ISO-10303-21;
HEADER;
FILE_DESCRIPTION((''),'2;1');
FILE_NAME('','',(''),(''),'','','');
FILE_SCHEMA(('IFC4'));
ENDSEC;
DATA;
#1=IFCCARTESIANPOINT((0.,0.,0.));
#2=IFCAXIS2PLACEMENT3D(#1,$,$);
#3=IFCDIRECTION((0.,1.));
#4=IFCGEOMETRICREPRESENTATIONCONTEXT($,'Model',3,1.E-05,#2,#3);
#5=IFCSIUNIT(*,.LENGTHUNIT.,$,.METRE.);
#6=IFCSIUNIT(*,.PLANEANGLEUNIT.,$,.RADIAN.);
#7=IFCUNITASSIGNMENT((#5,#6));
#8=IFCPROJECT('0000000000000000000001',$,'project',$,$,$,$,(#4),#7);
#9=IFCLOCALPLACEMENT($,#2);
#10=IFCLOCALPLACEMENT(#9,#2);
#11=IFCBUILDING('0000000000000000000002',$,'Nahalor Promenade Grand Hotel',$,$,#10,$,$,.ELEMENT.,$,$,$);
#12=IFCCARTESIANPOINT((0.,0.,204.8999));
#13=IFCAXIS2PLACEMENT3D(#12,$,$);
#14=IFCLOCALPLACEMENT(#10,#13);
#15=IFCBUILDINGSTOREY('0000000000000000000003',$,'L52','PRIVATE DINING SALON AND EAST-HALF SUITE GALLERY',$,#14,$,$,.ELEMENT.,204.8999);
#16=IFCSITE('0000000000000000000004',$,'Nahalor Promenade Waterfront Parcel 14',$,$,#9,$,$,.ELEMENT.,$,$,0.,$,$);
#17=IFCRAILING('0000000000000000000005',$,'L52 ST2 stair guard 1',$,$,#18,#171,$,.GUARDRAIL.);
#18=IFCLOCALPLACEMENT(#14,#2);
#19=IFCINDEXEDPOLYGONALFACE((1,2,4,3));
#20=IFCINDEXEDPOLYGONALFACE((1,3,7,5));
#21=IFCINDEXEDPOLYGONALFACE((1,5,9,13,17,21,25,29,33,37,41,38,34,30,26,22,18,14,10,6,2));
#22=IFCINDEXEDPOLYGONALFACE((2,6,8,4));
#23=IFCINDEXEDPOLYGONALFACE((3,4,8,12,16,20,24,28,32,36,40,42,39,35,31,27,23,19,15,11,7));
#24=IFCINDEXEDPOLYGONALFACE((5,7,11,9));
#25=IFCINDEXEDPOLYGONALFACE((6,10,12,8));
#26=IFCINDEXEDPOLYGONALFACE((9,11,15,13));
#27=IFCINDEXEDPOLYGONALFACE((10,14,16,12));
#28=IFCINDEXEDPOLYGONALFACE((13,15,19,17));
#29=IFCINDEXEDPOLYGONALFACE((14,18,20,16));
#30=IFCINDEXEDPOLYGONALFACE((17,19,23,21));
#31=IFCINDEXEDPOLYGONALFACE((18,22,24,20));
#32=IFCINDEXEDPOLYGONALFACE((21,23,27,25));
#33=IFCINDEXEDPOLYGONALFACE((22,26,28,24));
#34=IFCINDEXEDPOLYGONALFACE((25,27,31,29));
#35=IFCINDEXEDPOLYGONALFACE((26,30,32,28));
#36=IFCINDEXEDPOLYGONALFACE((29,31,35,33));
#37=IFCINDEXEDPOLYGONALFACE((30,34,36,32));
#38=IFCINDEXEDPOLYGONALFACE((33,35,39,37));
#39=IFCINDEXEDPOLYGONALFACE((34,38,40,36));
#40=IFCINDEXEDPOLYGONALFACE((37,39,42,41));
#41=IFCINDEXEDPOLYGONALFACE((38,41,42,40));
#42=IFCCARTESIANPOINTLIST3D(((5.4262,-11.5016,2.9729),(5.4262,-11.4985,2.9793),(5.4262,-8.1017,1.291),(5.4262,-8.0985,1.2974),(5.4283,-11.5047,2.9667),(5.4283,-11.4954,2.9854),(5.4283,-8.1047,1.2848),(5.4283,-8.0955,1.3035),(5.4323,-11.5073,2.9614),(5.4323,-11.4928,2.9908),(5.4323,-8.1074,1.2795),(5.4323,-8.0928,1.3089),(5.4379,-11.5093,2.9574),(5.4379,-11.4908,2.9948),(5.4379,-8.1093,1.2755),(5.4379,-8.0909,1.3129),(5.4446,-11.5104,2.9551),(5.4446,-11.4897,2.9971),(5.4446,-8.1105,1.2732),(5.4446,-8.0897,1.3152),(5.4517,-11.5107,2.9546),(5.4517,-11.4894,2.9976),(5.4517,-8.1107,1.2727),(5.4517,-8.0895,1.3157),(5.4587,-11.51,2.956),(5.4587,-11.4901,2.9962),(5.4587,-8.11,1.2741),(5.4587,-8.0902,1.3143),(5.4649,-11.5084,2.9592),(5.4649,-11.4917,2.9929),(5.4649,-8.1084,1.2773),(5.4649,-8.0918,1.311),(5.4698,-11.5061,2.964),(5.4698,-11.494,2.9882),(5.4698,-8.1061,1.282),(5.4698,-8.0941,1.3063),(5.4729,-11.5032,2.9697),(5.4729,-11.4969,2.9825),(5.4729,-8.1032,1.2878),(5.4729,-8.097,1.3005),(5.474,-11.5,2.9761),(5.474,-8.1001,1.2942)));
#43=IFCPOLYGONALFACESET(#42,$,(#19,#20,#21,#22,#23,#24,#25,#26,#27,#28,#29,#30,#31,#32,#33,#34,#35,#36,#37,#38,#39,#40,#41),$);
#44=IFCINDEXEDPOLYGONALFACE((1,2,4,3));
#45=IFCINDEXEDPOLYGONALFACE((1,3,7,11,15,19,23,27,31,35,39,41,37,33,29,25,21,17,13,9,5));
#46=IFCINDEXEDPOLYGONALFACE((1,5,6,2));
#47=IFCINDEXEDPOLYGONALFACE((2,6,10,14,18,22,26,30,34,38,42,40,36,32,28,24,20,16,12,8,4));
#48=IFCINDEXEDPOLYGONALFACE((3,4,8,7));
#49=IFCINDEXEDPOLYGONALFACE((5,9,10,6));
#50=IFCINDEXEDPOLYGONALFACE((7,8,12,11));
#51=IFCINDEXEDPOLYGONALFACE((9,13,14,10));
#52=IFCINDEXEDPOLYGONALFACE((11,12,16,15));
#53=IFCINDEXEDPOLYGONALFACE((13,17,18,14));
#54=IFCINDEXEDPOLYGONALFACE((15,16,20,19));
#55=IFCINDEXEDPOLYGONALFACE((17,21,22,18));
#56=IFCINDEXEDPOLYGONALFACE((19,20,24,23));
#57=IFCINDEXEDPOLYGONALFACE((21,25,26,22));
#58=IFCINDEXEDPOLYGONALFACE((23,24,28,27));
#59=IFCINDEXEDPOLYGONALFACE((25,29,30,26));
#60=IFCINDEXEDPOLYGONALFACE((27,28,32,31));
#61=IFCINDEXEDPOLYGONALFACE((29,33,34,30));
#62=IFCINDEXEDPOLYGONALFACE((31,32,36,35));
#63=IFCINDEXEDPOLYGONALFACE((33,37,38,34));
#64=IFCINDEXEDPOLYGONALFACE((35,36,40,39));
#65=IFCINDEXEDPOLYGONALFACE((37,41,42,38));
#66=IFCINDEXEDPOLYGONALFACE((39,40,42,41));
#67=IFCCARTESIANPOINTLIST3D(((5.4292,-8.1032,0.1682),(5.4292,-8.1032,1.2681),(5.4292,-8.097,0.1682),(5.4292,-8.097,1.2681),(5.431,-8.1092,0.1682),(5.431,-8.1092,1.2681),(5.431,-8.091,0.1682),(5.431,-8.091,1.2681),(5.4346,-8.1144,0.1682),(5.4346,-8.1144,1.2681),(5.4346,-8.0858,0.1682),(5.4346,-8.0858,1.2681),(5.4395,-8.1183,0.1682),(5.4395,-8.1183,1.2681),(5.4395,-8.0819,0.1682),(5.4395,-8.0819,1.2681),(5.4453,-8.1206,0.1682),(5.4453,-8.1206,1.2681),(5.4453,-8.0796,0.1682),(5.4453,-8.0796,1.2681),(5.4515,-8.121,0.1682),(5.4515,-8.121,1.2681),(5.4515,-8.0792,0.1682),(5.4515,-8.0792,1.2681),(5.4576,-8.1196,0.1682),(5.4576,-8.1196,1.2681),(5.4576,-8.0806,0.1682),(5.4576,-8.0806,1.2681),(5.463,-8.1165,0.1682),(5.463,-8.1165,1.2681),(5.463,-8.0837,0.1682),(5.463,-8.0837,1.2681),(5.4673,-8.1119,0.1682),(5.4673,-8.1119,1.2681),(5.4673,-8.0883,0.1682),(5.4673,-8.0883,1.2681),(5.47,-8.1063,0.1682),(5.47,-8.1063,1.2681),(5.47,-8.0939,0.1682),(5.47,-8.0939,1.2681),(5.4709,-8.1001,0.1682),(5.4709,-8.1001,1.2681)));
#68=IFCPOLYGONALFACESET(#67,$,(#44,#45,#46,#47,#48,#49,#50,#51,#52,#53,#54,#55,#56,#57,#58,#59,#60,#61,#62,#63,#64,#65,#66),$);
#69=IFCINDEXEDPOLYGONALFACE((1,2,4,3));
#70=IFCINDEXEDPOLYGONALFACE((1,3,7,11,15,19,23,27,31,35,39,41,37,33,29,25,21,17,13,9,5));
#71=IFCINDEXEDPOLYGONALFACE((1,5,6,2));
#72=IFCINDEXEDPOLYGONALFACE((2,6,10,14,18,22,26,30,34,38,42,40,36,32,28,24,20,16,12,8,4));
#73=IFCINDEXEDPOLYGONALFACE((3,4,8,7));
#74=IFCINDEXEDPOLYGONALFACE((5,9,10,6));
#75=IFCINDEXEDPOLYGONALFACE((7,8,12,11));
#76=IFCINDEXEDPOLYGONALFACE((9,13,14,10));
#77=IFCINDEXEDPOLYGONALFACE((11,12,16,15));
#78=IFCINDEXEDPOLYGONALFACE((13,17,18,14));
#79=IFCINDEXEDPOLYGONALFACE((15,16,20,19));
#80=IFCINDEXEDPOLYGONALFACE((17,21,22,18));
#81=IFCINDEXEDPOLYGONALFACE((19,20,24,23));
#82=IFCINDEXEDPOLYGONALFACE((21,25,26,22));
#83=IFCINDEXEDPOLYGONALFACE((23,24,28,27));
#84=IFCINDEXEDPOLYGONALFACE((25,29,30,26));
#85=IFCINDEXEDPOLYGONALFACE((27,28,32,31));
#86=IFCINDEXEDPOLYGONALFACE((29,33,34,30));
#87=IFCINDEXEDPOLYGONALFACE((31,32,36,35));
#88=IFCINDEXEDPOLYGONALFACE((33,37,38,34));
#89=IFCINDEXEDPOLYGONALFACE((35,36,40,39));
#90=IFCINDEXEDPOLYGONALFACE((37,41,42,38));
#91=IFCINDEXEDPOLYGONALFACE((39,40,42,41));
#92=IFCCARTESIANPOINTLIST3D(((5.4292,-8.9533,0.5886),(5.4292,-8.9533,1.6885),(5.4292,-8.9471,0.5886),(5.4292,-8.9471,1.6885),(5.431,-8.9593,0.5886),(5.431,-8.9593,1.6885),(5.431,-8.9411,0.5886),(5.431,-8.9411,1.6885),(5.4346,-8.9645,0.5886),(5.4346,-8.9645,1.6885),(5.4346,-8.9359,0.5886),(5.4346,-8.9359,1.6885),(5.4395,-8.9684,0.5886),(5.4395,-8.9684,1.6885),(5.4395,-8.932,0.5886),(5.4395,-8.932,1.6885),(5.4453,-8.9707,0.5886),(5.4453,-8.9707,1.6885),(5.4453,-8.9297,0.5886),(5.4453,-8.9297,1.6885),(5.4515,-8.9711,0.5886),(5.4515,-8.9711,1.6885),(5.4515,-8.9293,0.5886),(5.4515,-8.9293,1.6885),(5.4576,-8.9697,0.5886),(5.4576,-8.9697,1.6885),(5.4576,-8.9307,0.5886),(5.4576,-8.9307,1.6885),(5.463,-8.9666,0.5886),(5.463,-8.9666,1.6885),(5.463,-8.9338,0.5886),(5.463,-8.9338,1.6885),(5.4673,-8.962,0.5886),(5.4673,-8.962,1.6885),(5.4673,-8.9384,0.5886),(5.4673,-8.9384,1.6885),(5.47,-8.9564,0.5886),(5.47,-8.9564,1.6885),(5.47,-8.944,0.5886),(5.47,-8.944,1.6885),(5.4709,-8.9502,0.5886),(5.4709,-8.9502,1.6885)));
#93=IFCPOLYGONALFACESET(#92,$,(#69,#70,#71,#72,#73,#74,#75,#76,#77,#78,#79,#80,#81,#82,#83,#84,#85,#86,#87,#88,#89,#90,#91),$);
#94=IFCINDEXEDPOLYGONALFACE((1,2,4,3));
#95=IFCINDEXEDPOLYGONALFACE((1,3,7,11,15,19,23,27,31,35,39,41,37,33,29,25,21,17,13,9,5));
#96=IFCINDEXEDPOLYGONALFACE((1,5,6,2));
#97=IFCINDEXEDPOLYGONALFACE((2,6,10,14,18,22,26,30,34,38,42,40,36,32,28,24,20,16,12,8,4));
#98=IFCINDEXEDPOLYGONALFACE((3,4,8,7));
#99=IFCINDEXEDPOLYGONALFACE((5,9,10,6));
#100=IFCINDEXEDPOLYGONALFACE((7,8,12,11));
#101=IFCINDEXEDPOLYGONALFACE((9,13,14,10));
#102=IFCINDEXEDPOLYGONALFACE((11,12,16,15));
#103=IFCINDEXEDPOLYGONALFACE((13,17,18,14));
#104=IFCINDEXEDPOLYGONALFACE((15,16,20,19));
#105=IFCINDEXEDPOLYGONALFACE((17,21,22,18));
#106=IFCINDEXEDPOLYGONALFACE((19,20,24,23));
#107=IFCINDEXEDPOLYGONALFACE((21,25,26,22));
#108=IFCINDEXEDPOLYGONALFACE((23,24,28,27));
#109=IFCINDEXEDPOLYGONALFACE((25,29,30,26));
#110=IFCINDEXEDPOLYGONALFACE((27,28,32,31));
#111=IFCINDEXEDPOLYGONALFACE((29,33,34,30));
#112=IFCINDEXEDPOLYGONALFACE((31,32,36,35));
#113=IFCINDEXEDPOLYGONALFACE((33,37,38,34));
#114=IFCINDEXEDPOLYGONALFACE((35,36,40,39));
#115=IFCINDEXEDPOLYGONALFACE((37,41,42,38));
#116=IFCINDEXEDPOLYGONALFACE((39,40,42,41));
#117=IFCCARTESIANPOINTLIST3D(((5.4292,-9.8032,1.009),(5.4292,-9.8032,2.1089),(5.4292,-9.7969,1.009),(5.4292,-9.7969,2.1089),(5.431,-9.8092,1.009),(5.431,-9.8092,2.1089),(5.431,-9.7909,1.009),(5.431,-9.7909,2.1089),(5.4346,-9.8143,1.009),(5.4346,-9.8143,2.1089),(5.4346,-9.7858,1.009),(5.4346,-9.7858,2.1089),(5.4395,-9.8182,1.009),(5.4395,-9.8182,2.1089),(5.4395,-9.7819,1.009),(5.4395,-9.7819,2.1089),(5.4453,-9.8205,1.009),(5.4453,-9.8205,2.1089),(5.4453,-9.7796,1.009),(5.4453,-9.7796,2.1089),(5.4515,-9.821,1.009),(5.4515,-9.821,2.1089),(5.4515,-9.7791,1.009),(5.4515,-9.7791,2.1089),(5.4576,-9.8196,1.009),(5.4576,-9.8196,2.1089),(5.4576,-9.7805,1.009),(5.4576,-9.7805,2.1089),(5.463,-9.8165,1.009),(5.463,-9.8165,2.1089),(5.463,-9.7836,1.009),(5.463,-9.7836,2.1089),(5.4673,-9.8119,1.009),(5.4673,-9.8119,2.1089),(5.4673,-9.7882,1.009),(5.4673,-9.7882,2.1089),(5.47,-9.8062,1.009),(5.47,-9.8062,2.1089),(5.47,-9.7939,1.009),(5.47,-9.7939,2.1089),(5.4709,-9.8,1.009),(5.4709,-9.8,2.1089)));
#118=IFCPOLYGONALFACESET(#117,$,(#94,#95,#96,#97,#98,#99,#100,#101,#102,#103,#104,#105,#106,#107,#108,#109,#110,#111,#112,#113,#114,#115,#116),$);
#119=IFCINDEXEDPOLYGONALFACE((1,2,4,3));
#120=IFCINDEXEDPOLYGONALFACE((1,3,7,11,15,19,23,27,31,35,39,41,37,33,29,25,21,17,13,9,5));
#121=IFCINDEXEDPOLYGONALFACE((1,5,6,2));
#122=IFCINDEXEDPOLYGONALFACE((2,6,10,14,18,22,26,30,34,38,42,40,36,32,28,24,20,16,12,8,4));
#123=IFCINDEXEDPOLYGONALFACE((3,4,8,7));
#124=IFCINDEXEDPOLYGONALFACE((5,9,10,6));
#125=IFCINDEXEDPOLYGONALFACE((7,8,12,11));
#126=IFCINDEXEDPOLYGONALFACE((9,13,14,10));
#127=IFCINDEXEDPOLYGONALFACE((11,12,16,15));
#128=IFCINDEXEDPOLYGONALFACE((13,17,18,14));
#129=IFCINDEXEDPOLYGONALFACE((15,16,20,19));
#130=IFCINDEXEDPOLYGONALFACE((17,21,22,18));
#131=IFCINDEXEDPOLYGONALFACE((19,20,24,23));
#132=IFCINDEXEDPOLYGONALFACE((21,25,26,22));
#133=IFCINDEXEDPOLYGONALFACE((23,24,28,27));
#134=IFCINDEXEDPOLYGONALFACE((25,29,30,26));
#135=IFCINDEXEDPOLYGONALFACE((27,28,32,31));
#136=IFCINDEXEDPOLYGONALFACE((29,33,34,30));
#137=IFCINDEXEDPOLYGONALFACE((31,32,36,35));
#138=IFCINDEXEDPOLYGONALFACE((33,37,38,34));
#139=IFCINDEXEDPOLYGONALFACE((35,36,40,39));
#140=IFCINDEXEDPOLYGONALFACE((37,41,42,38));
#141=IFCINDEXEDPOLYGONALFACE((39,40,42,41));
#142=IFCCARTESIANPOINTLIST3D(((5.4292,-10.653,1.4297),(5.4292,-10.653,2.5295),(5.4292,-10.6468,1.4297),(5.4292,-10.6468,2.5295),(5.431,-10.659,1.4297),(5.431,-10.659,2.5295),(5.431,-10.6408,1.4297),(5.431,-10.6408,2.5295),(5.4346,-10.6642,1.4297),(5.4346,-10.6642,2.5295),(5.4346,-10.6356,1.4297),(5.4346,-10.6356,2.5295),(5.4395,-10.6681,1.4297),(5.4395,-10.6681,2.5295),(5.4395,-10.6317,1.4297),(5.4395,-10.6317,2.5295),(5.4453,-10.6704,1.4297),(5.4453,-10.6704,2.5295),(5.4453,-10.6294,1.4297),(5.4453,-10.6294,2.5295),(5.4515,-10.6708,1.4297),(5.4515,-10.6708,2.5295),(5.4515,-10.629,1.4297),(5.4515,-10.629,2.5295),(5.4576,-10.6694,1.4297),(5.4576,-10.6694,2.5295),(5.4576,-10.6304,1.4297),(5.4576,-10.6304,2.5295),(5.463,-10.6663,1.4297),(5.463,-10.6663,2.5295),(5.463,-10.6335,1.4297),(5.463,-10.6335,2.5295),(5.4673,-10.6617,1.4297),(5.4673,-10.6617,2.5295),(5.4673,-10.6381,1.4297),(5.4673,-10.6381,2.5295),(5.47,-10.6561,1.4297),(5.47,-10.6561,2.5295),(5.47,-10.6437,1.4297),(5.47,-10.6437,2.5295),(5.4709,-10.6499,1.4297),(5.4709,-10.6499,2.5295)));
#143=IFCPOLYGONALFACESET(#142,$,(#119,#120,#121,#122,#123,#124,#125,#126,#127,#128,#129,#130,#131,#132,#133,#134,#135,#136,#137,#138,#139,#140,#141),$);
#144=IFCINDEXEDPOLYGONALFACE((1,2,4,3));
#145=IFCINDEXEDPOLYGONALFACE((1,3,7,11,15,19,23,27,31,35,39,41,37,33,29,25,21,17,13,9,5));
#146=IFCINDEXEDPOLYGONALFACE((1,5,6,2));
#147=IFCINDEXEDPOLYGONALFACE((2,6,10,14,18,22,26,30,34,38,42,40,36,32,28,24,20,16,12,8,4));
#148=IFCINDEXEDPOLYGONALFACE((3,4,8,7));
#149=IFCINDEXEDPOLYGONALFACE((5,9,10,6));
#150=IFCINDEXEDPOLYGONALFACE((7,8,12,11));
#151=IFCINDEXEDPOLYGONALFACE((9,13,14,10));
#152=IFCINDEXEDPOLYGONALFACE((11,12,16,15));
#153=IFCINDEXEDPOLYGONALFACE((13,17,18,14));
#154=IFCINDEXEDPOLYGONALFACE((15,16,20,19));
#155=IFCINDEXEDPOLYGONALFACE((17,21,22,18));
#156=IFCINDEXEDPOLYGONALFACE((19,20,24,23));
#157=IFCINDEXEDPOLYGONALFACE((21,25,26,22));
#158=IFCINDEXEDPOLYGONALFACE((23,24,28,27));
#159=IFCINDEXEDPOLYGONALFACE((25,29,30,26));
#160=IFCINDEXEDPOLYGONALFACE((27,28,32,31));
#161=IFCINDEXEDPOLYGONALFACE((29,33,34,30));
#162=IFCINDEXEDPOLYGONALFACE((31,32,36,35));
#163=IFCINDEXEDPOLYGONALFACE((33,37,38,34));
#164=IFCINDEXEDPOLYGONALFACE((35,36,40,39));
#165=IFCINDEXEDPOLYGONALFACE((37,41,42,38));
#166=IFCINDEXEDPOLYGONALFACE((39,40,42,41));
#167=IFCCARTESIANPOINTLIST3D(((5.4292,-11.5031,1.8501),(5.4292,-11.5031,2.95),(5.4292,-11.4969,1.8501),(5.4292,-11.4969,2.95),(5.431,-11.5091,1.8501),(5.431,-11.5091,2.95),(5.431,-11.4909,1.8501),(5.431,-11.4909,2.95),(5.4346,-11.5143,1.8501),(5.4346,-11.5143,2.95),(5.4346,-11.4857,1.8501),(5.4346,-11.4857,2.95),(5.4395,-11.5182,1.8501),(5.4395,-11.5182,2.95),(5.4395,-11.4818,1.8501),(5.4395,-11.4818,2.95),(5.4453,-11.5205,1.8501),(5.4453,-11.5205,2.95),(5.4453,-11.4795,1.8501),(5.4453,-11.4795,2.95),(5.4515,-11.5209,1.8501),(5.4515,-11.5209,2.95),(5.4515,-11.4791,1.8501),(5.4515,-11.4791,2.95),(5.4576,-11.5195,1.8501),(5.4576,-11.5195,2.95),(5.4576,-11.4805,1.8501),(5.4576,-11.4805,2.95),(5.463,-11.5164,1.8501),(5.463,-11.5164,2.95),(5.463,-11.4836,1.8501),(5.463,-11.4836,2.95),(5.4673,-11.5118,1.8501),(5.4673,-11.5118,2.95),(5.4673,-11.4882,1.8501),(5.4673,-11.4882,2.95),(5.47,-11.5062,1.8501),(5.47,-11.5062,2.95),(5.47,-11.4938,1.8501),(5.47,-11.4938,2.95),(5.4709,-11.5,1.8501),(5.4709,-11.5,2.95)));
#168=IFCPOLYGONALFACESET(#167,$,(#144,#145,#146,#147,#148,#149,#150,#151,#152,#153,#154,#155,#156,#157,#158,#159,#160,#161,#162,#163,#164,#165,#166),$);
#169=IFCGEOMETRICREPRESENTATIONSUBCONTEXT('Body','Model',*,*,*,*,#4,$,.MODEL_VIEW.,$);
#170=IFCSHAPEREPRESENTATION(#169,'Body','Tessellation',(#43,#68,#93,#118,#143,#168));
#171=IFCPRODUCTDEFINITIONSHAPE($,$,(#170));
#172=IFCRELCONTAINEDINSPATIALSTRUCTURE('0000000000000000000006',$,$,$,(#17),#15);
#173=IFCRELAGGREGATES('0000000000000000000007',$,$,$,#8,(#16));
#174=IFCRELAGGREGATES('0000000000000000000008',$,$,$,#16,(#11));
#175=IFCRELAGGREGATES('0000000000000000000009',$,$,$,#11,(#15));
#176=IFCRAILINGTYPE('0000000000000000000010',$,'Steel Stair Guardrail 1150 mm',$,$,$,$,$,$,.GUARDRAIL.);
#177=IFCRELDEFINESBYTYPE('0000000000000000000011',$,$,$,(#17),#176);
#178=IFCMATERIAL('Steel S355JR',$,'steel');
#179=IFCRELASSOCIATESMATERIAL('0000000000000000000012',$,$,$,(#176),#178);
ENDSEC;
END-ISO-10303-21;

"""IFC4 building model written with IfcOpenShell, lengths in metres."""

from ifc_helpers import new_model, si_unit, direction, frame, origin, origin_2d, place, context, subcontext, project, spatial, circle, extrude, material, type_object, element, save


model = new_model("IFC4")

# Units and contexts
model_context = context("Model", 3, precision=1e-05, world=origin(), true_north=direction((0.0, 1.0)))
body_context = subcontext(model_context, "Body", "Model", "MODEL_VIEW")
ifc_project = project(units=[si_unit("LENGTHUNIT", "METRE"), si_unit("PLANEANGLEUNIT", "RADIAN")], contexts=[model_context])

# Site, building, storey
site_placement = place(None, origin())
site = spatial("IfcSite", under=ifc_project, at=site_placement, Name="Nahalor Promenade Waterfront Parcel 14", CompositionType="ELEMENT", RefElevation=0.0)
building_placement = place(site_placement, origin())
building = spatial("IfcBuilding", under=site, at=building_placement, Name="Nahalor Promenade Grand Hotel", CompositionType="ELEMENT")
storey_placement = place(building_placement, frame((0.0, 0.0, 204.8999)))
storey = spatial("IfcBuildingStorey", under=building, at=storey_placement, Name="L52", Description="PRIVATE DINING SALON AND EAST-HALF SUITE GALLERY", CompositionType="ELEMENT", Elevation=204.8999)

# Shared definitions
ifc_material_1 = material(Name="Steel S355JR", Category="steel")

# Railing
railing_type_1 = type_object("IfcRailingType", Name="Steel Stair Guardrail 1150 mm", PredefinedType="GUARDRAIL", material=ifc_material_1)
railing_1_placement = place(storey_placement, frame((5.45, -8.1001, 0.1682)))
element("IfcRailing", 1, at=railing_1_placement, inside=storey, type_object=railing_type_1, Name="L52 ST2 stair guard 1", PredefinedType="GUARDRAIL", context=body_context, shape_type="SweptSolid", body=[
    extrude(circle(Radius=0.024, at=origin_2d()), frame((0.0, 0.0, 1.126), z_axis=(0.0, -0.896324, 0.443399), x_axis=(1.0, 0.0, 0.0)), (0.0, 0.0, 1.0), 3.7932),
    extrude(circle(Radius=0.021, at=origin_2d()), origin(), (0.0, 0.0, 1.0), 1.0999),
    extrude(circle(Radius=0.021, at=origin_2d()), frame((0.0, -0.8501, 0.4204)), (0.0, 0.0, 1.0), 1.0999),
    extrude(circle(Radius=0.021, at=origin_2d()), frame((0.0, -1.7, 0.8408)), (0.0, 0.0, 1.0), 1.0999),
    extrude(circle(Radius=0.021, at=origin_2d()), frame((0.0, -2.5498, 1.2615)), (0.0, 0.0, 1.0), 1.0999),
    extrude(circle(Radius=0.021, at=origin_2d()), frame((0.0, -3.3999, 1.6819)), (0.0, 0.0, 1.0), 1.0999),
])

save(model, "model.ifc")
